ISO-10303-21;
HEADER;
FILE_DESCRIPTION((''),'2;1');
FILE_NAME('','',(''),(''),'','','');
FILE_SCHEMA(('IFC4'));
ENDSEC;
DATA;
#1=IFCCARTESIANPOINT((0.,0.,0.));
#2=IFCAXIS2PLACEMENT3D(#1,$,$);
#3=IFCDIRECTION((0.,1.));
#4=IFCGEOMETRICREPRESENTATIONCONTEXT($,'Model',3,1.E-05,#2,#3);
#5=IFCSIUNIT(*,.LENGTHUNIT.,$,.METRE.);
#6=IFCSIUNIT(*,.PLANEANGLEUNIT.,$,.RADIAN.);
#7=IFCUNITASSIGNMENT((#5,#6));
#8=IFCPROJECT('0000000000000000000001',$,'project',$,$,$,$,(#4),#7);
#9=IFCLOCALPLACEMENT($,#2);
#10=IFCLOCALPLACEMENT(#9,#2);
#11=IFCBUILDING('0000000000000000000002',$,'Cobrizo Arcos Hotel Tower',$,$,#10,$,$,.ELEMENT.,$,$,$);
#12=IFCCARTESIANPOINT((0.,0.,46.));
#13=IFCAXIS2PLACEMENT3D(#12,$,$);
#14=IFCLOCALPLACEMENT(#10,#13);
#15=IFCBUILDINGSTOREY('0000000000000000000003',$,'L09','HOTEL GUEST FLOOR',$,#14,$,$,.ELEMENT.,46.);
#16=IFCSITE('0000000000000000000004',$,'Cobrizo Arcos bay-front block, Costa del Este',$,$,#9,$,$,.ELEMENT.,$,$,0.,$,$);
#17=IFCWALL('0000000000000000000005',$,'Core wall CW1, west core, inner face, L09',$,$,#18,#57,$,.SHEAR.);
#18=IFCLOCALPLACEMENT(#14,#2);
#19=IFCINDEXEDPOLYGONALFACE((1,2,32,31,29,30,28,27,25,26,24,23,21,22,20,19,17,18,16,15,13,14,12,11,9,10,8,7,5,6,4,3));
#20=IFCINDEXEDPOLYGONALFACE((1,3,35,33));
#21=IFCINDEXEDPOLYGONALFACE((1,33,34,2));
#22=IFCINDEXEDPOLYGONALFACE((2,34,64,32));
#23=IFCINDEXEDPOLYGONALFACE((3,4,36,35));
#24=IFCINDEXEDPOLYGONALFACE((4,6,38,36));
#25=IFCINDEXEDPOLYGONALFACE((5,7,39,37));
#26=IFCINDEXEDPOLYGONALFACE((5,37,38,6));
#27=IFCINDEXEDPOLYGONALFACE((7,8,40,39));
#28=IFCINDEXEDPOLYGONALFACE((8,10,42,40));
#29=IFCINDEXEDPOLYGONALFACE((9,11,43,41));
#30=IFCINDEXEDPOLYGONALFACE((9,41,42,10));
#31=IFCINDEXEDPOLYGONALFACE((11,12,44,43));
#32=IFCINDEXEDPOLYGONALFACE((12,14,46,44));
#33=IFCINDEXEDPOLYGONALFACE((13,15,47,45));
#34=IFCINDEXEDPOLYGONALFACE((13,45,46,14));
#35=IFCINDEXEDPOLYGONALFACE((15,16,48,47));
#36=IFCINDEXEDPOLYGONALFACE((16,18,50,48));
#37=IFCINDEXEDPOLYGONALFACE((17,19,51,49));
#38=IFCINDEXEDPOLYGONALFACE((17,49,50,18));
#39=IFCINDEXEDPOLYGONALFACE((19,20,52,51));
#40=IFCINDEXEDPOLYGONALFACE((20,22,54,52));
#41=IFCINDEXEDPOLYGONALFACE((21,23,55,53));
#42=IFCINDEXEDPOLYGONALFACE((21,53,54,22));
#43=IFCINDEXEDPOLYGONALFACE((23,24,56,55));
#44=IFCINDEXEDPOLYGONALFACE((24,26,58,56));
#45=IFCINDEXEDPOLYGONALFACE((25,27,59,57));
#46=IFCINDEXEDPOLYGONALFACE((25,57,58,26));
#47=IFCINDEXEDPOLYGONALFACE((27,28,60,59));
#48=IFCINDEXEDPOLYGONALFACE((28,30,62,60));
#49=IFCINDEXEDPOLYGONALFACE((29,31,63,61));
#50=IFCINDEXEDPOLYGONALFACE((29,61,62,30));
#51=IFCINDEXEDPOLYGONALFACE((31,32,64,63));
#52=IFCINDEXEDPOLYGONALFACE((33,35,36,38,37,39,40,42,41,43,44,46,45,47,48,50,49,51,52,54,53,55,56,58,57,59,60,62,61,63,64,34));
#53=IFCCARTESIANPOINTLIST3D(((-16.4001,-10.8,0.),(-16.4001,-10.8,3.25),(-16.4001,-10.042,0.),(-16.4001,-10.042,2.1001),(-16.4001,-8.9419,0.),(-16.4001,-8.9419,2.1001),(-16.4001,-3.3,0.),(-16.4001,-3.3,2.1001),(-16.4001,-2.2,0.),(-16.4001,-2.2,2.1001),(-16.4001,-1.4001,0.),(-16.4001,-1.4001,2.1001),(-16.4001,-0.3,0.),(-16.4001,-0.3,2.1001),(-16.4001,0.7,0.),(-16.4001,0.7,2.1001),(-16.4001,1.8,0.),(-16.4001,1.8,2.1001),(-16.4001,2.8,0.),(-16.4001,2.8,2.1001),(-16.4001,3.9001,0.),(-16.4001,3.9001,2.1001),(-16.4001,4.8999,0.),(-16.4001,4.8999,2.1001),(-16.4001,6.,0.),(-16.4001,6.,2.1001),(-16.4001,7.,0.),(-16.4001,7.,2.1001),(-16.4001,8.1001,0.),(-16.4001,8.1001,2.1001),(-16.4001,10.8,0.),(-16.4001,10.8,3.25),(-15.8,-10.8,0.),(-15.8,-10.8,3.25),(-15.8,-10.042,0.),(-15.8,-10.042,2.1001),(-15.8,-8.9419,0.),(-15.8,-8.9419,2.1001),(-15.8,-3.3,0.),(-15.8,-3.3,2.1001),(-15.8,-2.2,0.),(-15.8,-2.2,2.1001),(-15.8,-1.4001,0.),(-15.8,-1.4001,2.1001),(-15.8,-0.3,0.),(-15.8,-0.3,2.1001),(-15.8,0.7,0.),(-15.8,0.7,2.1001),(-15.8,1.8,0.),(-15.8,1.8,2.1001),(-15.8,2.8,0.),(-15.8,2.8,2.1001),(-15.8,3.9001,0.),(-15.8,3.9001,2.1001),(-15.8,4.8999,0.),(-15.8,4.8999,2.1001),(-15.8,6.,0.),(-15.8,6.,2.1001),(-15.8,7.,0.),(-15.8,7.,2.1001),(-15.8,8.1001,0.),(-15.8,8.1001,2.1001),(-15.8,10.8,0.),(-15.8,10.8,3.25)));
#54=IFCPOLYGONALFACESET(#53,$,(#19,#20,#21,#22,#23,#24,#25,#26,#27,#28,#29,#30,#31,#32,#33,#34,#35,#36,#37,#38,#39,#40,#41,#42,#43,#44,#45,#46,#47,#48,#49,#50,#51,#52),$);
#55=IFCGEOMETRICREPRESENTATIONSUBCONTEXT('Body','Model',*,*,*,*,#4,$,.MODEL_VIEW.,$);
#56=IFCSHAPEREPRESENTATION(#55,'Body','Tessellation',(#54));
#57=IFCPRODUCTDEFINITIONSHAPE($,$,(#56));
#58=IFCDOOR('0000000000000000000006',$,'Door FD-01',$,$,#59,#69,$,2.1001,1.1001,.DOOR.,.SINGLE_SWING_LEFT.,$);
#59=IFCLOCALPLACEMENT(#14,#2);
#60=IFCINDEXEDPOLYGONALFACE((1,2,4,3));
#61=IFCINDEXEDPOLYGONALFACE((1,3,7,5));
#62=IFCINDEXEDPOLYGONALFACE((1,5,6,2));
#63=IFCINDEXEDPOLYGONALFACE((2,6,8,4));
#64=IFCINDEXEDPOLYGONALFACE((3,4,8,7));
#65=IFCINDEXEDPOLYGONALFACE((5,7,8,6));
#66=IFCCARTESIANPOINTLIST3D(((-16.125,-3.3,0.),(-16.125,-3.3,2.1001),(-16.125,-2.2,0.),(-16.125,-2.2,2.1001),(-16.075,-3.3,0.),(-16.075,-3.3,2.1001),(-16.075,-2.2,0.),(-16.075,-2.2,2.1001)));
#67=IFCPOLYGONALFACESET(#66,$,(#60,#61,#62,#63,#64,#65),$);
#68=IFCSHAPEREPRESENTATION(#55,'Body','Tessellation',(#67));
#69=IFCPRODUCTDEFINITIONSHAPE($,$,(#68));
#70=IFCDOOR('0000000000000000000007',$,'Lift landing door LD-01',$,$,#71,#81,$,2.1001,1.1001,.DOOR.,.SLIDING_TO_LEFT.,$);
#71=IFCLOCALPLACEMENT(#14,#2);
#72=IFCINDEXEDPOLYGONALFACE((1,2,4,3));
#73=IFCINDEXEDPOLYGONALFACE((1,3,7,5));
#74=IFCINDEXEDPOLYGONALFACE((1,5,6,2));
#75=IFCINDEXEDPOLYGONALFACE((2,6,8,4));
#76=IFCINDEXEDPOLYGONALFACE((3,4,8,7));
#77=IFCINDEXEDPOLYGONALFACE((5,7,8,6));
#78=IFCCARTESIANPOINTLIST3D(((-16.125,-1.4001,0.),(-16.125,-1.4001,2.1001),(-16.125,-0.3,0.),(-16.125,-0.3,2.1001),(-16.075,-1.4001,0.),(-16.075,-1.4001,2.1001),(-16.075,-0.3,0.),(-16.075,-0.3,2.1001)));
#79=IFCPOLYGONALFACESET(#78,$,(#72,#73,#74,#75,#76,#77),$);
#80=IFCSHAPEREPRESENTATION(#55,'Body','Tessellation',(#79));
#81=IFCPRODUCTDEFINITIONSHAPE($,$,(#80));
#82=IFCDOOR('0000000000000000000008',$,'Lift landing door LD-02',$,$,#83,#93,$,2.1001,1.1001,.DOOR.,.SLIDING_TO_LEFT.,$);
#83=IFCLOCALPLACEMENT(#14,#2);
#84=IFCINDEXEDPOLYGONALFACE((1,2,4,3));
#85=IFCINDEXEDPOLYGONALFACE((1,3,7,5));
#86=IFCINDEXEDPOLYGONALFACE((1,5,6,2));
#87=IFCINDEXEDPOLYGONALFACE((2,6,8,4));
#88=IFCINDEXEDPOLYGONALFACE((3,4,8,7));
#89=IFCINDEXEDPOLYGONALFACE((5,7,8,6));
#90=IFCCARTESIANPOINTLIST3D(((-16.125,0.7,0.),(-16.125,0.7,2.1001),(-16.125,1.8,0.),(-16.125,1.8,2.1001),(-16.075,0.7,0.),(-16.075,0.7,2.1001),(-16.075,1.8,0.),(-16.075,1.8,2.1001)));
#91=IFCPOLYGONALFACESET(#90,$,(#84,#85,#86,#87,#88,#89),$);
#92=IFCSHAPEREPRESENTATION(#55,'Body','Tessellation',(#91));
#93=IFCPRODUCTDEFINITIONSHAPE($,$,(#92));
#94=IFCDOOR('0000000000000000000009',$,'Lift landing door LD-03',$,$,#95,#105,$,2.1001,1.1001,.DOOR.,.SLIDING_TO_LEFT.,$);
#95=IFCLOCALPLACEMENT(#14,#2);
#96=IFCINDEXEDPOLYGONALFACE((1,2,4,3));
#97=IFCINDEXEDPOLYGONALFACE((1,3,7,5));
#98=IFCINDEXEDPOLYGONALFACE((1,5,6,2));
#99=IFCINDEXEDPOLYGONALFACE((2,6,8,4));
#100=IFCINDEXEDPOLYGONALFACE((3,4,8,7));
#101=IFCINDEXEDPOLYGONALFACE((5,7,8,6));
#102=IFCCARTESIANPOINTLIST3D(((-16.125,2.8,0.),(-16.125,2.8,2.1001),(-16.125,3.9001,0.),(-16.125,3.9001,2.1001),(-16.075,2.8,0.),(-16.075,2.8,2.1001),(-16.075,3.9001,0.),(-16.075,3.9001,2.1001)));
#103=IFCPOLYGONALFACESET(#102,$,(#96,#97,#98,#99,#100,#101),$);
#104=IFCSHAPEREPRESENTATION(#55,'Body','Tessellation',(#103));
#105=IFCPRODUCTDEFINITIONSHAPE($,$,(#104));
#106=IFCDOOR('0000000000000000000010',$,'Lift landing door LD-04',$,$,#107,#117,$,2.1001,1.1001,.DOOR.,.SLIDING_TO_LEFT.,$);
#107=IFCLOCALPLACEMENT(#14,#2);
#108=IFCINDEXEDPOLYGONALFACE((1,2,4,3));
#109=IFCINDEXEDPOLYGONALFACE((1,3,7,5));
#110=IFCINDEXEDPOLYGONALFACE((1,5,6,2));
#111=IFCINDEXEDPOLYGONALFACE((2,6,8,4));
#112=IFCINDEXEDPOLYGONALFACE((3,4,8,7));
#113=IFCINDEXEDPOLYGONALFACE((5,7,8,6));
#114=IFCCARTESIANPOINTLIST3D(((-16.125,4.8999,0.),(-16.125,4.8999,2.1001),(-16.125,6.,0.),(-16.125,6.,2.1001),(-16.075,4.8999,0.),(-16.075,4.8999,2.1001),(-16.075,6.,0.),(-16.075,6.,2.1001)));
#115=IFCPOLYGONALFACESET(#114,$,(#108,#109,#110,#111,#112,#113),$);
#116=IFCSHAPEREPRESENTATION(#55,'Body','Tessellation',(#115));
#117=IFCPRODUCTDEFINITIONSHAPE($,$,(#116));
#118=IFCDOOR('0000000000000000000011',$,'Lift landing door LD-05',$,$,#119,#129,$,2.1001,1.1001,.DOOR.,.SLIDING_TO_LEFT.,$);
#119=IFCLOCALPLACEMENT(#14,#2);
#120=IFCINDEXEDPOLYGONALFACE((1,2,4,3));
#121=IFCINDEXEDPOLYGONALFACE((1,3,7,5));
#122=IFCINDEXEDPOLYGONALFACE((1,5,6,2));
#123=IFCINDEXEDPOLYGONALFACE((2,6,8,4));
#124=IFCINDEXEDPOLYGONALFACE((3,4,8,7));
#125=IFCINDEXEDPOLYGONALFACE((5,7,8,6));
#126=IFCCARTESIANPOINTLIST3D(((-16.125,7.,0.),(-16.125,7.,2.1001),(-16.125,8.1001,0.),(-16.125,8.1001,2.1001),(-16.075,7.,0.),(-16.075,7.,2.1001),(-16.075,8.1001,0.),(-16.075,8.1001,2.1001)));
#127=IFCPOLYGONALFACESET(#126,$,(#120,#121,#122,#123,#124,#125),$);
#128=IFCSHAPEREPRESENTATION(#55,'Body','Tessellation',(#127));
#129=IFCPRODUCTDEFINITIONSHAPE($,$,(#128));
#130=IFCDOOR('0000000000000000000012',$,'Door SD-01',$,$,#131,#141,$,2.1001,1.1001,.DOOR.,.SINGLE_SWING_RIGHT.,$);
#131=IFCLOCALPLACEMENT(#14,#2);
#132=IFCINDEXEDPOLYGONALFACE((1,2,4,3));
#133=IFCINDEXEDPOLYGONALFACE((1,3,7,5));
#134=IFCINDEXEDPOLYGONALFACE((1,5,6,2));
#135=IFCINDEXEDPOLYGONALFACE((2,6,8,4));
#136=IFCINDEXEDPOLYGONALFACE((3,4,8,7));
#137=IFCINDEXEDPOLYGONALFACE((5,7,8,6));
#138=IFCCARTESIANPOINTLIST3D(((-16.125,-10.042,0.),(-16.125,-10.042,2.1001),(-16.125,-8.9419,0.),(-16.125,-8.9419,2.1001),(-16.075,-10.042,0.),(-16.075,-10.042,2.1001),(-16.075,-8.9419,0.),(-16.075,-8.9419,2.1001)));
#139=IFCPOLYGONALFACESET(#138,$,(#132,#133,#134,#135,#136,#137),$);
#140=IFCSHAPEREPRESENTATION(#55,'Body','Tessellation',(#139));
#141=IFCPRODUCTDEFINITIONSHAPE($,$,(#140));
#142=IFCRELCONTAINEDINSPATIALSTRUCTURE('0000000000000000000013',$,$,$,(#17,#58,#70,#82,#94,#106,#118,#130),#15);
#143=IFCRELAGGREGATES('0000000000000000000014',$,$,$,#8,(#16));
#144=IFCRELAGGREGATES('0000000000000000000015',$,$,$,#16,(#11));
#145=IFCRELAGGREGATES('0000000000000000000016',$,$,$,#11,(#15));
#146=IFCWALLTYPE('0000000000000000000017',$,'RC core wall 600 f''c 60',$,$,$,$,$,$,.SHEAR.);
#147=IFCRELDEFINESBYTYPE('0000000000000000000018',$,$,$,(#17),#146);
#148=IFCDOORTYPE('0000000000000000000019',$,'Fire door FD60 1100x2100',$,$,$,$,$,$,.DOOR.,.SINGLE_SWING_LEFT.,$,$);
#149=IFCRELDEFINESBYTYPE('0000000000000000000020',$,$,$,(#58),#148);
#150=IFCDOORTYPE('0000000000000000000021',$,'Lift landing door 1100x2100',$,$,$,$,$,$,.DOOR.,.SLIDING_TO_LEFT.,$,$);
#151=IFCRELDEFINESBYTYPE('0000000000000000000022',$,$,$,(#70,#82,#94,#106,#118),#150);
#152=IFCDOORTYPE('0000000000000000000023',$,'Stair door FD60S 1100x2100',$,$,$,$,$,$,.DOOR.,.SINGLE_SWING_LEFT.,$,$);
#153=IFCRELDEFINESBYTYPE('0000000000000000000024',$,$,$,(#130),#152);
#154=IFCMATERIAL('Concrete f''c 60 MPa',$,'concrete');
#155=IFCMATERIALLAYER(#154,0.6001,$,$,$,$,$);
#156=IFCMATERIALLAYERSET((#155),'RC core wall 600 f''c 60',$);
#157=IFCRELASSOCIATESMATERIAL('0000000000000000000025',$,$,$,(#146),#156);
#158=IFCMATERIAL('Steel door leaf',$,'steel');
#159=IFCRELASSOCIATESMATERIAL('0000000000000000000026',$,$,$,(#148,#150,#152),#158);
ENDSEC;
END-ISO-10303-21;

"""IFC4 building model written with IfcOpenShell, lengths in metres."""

from ifc_helpers import new_model, si_unit, direction, frame, frame_2d, origin, place, context, subcontext, project, spatial, rectangle, extrude, material, layer, layer_set, type_object, element, fill, save


model = new_model("IFC4")

# Units and contexts
model_context = context("Model", 3, precision=1e-05, world=origin(), true_north=direction((0.0, 1.0)))
body_context = subcontext(model_context, "Body", "Model", "MODEL_VIEW")
ifc_project = project(units=[si_unit("LENGTHUNIT", "METRE"), si_unit("PLANEANGLEUNIT", "RADIAN")], contexts=[model_context])

# Site, building, storey
site_placement = place(None, origin())
site = spatial("IfcSite", under=ifc_project, at=site_placement, Name="Cobrizo Arcos bay-front block, Costa del Este", CompositionType="ELEMENT", RefElevation=0.0)
building_placement = place(site_placement, origin())
building = spatial("IfcBuilding", under=site, at=building_placement, Name="Cobrizo Arcos Hotel Tower", CompositionType="ELEMENT")
storey_placement = place(building_placement, frame((0.0, 0.0, 46.0)))
storey = spatial("IfcBuildingStorey", under=building, at=storey_placement, Name="L09", Description="HOTEL GUEST FLOOR", CompositionType="ELEMENT", Elevation=46.0)

# Wall, openings, doors
ifc_material_1 = material(Name="Concrete f'c 60 MPa", Category="concrete")
ifc_layer_1 = layer(ifc_material_1, 0.6001)
ifc_layer_set_1 = layer_set([ifc_layer_1], Name="RC core wall 600 f'c 60")
wall_type_1 = type_object("IfcWallType", Name="RC core wall 600 f'c 60", PredefinedType="SHEAR", material=ifc_layer_set_1)
wall_1_placement = place(storey_placement, frame((-16.1001, -10.8, 0.0), z_axis=(0.0, 0.0, 1.0), x_axis=(0.0, 1.0, 0.0)))
wall_1 = element("IfcWall", 1, at=wall_1_placement, inside=storey, type_object=wall_type_1, Name="Core wall CW1, west core, inner face, L09", PredefinedType="SHEAR", context=body_context, shape_type="SweptSolid", body=[
    extrude(rectangle(XDim=21.6001, YDim=0.6001, at=frame_2d((10.8, 0.0))), origin(), (0.0, 0.0, 1.0), 3.25),
])
opening_1_placement = place(wall_1_placement, frame((9.3999, 0.0, 0.0)))
opening_1 = element("IfcOpeningElement", 2, at=opening_1_placement, cuts=wall_1, PredefinedType="OPENING", context=body_context, shape_type="SweptSolid", body=[
    extrude(rectangle(XDim=1.1001, YDim=2.1001, at=frame_2d((0.55, 1.05))), frame((0.0, 0.312, 0.0), z_axis=(0.0, -1.0, 0.0), x_axis=(1.0, 0.0, 0.0)), (0.0, 0.0, 1.0), 0.624),
])
opening_2_placement = place(wall_1_placement, frame((11.5, 0.0, 0.0)))
opening_2 = element("IfcOpeningElement", 3, at=opening_2_placement, cuts=wall_1, PredefinedType="OPENING", context=body_context, shape_type="SweptSolid", body=[
    extrude(rectangle(XDim=1.1001, YDim=2.1001, at=frame_2d((0.55, 1.05))), frame((0.0, 0.312, 0.0), z_axis=(0.0, -1.0, 0.0), x_axis=(1.0, 0.0, 0.0)), (0.0, 0.0, 1.0), 0.624),
])
opening_3_placement = place(wall_1_placement, frame((13.6001, 0.0, 0.0)))
opening_3 = element("IfcOpeningElement", 4, at=opening_3_placement, cuts=wall_1, PredefinedType="OPENING", context=body_context, shape_type="SweptSolid", body=[
    extrude(rectangle(XDim=1.1001, YDim=2.1001, at=frame_2d((0.55, 1.05))), frame((0.0, 0.312, 0.0), z_axis=(0.0, -1.0, 0.0), x_axis=(1.0, 0.0, 0.0)), (0.0, 0.0, 1.0), 0.624),
])
opening_4_placement = place(wall_1_placement, frame((15.7, 0.0, 0.0)))
opening_4 = element("IfcOpeningElement", 5, at=opening_4_placement, cuts=wall_1, PredefinedType="OPENING", context=body_context, shape_type="SweptSolid", body=[
    extrude(rectangle(XDim=1.1001, YDim=2.1001, at=frame_2d((0.55, 1.05))), frame((0.0, 0.312, 0.0), z_axis=(0.0, -1.0, 0.0), x_axis=(1.0, 0.0, 0.0)), (0.0, 0.0, 1.0), 0.624),
])
opening_5_placement = place(wall_1_placement, frame((17.8, 0.0, 0.0)))
opening_5 = element("IfcOpeningElement", 6, at=opening_5_placement, cuts=wall_1, PredefinedType="OPENING", context=body_context, shape_type="SweptSolid", body=[
    extrude(rectangle(XDim=1.1001, YDim=2.1001, at=frame_2d((0.55, 1.05))), frame((0.0, 0.312, 0.0), z_axis=(0.0, -1.0, 0.0), x_axis=(1.0, 0.0, 0.0)), (0.0, 0.0, 1.0), 0.624),
])
opening_6_placement = place(wall_1_placement, frame((0.7581, 0.0, 0.0)))
opening_6 = element("IfcOpeningElement", 7, at=opening_6_placement, cuts=wall_1, PredefinedType="OPENING", context=body_context, shape_type="SweptSolid", body=[
    extrude(rectangle(XDim=1.1001, YDim=2.1001, at=frame_2d((0.55, 1.05))), frame((0.0, 0.312, 0.0), z_axis=(0.0, -1.0, 0.0), x_axis=(1.0, 0.0, 0.0)), (0.0, 0.0, 1.0), 0.624),
])
opening_7_placement = place(wall_1_placement, frame((7.5, 0.0, 0.0)))
opening_7 = element("IfcOpeningElement", 8, at=opening_7_placement, cuts=wall_1, PredefinedType="OPENING", context=body_context, shape_type="SweptSolid", body=[
    extrude(rectangle(XDim=1.1001, YDim=2.1001, at=frame_2d((0.55, 1.05))), frame((0.0, 0.312, 0.0), z_axis=(0.0, -1.0, 0.0), x_axis=(1.0, 0.0, 0.0)), (0.0, 0.0, 1.0), 0.624),
])
ifc_material_2 = material(Name="Steel door leaf", Category="steel")
door_type_1 = type_object("IfcDoorType", Name="Fire door FD60 1100x2100", OperationType="SINGLE_SWING_LEFT", PredefinedType="DOOR", material=ifc_material_2)
door_1_placement = place(opening_7_placement, origin())
door_1 = element("IfcDoor", 9, at=door_1_placement, inside=storey, type_object=door_type_1, Name="Door FD-01", OperationType="SINGLE_SWING_LEFT", OverallHeight=2.1001, OverallWidth=1.1001, PredefinedType="DOOR", context=body_context, shape_type="SweptSolid", body=[
    extrude(rectangle(XDim=1.1001, YDim=2.1001, at=frame_2d((0.55, 1.05))), frame((0.0, 0.0249, 0.0), z_axis=(0.0, -1.0, 0.0), x_axis=(1.0, 0.0, 0.0)), (0.0, 0.0, 1.0), 0.05),
])
fill(opening_7, door_1)
door_type_2 = type_object("IfcDoorType", Name="Lift landing door 1100x2100", OperationType="SLIDING_TO_LEFT", PredefinedType="DOOR", material=ifc_material_2)
door_2_placement = place(opening_1_placement, origin())
door_2 = element("IfcDoor", 10, at=door_2_placement, inside=storey, type_object=door_type_2, Name="Lift landing door LD-01", OperationType="SLIDING_TO_LEFT", OverallHeight=2.1001, OverallWidth=1.1001, PredefinedType="DOOR", context=body_context, shape_type="SweptSolid", body=[
    extrude(rectangle(XDim=1.1001, YDim=2.1001, at=frame_2d((0.55, 1.05))), frame((0.0, 0.0249, 0.0), z_axis=(0.0, -1.0, 0.0), x_axis=(1.0, 0.0, 0.0)), (0.0, 0.0, 1.0), 0.05),
])
fill(opening_1, door_2)
door_3_placement = place(opening_2_placement, origin())
door_3 = element("IfcDoor", 11, at=door_3_placement, inside=storey, type_object=door_type_2, Name="Lift landing door LD-02", OperationType="SLIDING_TO_LEFT", OverallHeight=2.1001, OverallWidth=1.1001, PredefinedType="DOOR", context=body_context, shape_type="SweptSolid", body=[
    extrude(rectangle(XDim=1.1001, YDim=2.1001, at=frame_2d((0.55, 1.05))), frame((0.0, 0.0249, 0.0), z_axis=(0.0, -1.0, 0.0), x_axis=(1.0, 0.0, 0.0)), (0.0, 0.0, 1.0), 0.05),
])
fill(opening_2, door_3)
door_4_placement = place(opening_3_placement, origin())
door_4 = element("IfcDoor", 12, at=door_4_placement, inside=storey, type_object=door_type_2, Name="Lift landing door LD-03", OperationType="SLIDING_TO_LEFT", OverallHeight=2.1001, OverallWidth=1.1001, PredefinedType="DOOR", context=body_context, shape_type="SweptSolid", body=[
    extrude(rectangle(XDim=1.1001, YDim=2.1001, at=frame_2d((0.55, 1.05))), frame((0.0, 0.0249, 0.0), z_axis=(0.0, -1.0, 0.0), x_axis=(1.0, 0.0, 0.0)), (0.0, 0.0, 1.0), 0.05),
])
fill(opening_3, door_4)
door_5_placement = place(opening_4_placement, origin())
door_5 = element("IfcDoor", 13, at=door_5_placement, inside=storey, type_object=door_type_2, Name="Lift landing door LD-04", OperationType="SLIDING_TO_LEFT", OverallHeight=2.1001, OverallWidth=1.1001, PredefinedType="DOOR", context=body_context, shape_type="SweptSolid", body=[
    extrude(rectangle(XDim=1.1001, YDim=2.1001, at=frame_2d((0.55, 1.05))), frame((0.0, 0.0249, 0.0), z_axis=(0.0, -1.0, 0.0), x_axis=(1.0, 0.0, 0.0)), (0.0, 0.0, 1.0), 0.05),
])
fill(opening_4, door_5)
door_6_placement = place(opening_5_placement, origin())
door_6 = element("IfcDoor", 14, at=door_6_placement, inside=storey, type_object=door_type_2, Name="Lift landing door LD-05", OperationType="SLIDING_TO_LEFT", OverallHeight=2.1001, OverallWidth=1.1001, PredefinedType="DOOR", context=body_context, shape_type="SweptSolid", body=[
    extrude(rectangle(XDim=1.1001, YDim=2.1001, at=frame_2d((0.55, 1.05))), frame((0.0, 0.0249, 0.0), z_axis=(0.0, -1.0, 0.0), x_axis=(1.0, 0.0, 0.0)), (0.0, 0.0, 1.0), 0.05),
])
fill(opening_5, door_6)
door_type_3 = type_object("IfcDoorType", Name="Stair door FD60S 1100x2100", OperationType="SINGLE_SWING_LEFT", PredefinedType="DOOR", material=ifc_material_2)
door_7_placement = place(opening_6_placement, origin())
door_7 = element("IfcDoor", 15, at=door_7_placement, inside=storey, type_object=door_type_3, Name="Door SD-01", OperationType="SINGLE_SWING_RIGHT", OverallHeight=2.1001, OverallWidth=1.1001, PredefinedType="DOOR", context=body_context, shape_type="SweptSolid", body=[
    extrude(rectangle(XDim=1.1001, YDim=2.1001, at=frame_2d((0.55, 1.05))), frame((0.0, 0.0249, 0.0), z_axis=(0.0, -1.0, 0.0), x_axis=(1.0, 0.0, 0.0)), (0.0, 0.0, 1.0), 0.05),
])
fill(opening_6, door_7)

save(model, "model.ifc")
